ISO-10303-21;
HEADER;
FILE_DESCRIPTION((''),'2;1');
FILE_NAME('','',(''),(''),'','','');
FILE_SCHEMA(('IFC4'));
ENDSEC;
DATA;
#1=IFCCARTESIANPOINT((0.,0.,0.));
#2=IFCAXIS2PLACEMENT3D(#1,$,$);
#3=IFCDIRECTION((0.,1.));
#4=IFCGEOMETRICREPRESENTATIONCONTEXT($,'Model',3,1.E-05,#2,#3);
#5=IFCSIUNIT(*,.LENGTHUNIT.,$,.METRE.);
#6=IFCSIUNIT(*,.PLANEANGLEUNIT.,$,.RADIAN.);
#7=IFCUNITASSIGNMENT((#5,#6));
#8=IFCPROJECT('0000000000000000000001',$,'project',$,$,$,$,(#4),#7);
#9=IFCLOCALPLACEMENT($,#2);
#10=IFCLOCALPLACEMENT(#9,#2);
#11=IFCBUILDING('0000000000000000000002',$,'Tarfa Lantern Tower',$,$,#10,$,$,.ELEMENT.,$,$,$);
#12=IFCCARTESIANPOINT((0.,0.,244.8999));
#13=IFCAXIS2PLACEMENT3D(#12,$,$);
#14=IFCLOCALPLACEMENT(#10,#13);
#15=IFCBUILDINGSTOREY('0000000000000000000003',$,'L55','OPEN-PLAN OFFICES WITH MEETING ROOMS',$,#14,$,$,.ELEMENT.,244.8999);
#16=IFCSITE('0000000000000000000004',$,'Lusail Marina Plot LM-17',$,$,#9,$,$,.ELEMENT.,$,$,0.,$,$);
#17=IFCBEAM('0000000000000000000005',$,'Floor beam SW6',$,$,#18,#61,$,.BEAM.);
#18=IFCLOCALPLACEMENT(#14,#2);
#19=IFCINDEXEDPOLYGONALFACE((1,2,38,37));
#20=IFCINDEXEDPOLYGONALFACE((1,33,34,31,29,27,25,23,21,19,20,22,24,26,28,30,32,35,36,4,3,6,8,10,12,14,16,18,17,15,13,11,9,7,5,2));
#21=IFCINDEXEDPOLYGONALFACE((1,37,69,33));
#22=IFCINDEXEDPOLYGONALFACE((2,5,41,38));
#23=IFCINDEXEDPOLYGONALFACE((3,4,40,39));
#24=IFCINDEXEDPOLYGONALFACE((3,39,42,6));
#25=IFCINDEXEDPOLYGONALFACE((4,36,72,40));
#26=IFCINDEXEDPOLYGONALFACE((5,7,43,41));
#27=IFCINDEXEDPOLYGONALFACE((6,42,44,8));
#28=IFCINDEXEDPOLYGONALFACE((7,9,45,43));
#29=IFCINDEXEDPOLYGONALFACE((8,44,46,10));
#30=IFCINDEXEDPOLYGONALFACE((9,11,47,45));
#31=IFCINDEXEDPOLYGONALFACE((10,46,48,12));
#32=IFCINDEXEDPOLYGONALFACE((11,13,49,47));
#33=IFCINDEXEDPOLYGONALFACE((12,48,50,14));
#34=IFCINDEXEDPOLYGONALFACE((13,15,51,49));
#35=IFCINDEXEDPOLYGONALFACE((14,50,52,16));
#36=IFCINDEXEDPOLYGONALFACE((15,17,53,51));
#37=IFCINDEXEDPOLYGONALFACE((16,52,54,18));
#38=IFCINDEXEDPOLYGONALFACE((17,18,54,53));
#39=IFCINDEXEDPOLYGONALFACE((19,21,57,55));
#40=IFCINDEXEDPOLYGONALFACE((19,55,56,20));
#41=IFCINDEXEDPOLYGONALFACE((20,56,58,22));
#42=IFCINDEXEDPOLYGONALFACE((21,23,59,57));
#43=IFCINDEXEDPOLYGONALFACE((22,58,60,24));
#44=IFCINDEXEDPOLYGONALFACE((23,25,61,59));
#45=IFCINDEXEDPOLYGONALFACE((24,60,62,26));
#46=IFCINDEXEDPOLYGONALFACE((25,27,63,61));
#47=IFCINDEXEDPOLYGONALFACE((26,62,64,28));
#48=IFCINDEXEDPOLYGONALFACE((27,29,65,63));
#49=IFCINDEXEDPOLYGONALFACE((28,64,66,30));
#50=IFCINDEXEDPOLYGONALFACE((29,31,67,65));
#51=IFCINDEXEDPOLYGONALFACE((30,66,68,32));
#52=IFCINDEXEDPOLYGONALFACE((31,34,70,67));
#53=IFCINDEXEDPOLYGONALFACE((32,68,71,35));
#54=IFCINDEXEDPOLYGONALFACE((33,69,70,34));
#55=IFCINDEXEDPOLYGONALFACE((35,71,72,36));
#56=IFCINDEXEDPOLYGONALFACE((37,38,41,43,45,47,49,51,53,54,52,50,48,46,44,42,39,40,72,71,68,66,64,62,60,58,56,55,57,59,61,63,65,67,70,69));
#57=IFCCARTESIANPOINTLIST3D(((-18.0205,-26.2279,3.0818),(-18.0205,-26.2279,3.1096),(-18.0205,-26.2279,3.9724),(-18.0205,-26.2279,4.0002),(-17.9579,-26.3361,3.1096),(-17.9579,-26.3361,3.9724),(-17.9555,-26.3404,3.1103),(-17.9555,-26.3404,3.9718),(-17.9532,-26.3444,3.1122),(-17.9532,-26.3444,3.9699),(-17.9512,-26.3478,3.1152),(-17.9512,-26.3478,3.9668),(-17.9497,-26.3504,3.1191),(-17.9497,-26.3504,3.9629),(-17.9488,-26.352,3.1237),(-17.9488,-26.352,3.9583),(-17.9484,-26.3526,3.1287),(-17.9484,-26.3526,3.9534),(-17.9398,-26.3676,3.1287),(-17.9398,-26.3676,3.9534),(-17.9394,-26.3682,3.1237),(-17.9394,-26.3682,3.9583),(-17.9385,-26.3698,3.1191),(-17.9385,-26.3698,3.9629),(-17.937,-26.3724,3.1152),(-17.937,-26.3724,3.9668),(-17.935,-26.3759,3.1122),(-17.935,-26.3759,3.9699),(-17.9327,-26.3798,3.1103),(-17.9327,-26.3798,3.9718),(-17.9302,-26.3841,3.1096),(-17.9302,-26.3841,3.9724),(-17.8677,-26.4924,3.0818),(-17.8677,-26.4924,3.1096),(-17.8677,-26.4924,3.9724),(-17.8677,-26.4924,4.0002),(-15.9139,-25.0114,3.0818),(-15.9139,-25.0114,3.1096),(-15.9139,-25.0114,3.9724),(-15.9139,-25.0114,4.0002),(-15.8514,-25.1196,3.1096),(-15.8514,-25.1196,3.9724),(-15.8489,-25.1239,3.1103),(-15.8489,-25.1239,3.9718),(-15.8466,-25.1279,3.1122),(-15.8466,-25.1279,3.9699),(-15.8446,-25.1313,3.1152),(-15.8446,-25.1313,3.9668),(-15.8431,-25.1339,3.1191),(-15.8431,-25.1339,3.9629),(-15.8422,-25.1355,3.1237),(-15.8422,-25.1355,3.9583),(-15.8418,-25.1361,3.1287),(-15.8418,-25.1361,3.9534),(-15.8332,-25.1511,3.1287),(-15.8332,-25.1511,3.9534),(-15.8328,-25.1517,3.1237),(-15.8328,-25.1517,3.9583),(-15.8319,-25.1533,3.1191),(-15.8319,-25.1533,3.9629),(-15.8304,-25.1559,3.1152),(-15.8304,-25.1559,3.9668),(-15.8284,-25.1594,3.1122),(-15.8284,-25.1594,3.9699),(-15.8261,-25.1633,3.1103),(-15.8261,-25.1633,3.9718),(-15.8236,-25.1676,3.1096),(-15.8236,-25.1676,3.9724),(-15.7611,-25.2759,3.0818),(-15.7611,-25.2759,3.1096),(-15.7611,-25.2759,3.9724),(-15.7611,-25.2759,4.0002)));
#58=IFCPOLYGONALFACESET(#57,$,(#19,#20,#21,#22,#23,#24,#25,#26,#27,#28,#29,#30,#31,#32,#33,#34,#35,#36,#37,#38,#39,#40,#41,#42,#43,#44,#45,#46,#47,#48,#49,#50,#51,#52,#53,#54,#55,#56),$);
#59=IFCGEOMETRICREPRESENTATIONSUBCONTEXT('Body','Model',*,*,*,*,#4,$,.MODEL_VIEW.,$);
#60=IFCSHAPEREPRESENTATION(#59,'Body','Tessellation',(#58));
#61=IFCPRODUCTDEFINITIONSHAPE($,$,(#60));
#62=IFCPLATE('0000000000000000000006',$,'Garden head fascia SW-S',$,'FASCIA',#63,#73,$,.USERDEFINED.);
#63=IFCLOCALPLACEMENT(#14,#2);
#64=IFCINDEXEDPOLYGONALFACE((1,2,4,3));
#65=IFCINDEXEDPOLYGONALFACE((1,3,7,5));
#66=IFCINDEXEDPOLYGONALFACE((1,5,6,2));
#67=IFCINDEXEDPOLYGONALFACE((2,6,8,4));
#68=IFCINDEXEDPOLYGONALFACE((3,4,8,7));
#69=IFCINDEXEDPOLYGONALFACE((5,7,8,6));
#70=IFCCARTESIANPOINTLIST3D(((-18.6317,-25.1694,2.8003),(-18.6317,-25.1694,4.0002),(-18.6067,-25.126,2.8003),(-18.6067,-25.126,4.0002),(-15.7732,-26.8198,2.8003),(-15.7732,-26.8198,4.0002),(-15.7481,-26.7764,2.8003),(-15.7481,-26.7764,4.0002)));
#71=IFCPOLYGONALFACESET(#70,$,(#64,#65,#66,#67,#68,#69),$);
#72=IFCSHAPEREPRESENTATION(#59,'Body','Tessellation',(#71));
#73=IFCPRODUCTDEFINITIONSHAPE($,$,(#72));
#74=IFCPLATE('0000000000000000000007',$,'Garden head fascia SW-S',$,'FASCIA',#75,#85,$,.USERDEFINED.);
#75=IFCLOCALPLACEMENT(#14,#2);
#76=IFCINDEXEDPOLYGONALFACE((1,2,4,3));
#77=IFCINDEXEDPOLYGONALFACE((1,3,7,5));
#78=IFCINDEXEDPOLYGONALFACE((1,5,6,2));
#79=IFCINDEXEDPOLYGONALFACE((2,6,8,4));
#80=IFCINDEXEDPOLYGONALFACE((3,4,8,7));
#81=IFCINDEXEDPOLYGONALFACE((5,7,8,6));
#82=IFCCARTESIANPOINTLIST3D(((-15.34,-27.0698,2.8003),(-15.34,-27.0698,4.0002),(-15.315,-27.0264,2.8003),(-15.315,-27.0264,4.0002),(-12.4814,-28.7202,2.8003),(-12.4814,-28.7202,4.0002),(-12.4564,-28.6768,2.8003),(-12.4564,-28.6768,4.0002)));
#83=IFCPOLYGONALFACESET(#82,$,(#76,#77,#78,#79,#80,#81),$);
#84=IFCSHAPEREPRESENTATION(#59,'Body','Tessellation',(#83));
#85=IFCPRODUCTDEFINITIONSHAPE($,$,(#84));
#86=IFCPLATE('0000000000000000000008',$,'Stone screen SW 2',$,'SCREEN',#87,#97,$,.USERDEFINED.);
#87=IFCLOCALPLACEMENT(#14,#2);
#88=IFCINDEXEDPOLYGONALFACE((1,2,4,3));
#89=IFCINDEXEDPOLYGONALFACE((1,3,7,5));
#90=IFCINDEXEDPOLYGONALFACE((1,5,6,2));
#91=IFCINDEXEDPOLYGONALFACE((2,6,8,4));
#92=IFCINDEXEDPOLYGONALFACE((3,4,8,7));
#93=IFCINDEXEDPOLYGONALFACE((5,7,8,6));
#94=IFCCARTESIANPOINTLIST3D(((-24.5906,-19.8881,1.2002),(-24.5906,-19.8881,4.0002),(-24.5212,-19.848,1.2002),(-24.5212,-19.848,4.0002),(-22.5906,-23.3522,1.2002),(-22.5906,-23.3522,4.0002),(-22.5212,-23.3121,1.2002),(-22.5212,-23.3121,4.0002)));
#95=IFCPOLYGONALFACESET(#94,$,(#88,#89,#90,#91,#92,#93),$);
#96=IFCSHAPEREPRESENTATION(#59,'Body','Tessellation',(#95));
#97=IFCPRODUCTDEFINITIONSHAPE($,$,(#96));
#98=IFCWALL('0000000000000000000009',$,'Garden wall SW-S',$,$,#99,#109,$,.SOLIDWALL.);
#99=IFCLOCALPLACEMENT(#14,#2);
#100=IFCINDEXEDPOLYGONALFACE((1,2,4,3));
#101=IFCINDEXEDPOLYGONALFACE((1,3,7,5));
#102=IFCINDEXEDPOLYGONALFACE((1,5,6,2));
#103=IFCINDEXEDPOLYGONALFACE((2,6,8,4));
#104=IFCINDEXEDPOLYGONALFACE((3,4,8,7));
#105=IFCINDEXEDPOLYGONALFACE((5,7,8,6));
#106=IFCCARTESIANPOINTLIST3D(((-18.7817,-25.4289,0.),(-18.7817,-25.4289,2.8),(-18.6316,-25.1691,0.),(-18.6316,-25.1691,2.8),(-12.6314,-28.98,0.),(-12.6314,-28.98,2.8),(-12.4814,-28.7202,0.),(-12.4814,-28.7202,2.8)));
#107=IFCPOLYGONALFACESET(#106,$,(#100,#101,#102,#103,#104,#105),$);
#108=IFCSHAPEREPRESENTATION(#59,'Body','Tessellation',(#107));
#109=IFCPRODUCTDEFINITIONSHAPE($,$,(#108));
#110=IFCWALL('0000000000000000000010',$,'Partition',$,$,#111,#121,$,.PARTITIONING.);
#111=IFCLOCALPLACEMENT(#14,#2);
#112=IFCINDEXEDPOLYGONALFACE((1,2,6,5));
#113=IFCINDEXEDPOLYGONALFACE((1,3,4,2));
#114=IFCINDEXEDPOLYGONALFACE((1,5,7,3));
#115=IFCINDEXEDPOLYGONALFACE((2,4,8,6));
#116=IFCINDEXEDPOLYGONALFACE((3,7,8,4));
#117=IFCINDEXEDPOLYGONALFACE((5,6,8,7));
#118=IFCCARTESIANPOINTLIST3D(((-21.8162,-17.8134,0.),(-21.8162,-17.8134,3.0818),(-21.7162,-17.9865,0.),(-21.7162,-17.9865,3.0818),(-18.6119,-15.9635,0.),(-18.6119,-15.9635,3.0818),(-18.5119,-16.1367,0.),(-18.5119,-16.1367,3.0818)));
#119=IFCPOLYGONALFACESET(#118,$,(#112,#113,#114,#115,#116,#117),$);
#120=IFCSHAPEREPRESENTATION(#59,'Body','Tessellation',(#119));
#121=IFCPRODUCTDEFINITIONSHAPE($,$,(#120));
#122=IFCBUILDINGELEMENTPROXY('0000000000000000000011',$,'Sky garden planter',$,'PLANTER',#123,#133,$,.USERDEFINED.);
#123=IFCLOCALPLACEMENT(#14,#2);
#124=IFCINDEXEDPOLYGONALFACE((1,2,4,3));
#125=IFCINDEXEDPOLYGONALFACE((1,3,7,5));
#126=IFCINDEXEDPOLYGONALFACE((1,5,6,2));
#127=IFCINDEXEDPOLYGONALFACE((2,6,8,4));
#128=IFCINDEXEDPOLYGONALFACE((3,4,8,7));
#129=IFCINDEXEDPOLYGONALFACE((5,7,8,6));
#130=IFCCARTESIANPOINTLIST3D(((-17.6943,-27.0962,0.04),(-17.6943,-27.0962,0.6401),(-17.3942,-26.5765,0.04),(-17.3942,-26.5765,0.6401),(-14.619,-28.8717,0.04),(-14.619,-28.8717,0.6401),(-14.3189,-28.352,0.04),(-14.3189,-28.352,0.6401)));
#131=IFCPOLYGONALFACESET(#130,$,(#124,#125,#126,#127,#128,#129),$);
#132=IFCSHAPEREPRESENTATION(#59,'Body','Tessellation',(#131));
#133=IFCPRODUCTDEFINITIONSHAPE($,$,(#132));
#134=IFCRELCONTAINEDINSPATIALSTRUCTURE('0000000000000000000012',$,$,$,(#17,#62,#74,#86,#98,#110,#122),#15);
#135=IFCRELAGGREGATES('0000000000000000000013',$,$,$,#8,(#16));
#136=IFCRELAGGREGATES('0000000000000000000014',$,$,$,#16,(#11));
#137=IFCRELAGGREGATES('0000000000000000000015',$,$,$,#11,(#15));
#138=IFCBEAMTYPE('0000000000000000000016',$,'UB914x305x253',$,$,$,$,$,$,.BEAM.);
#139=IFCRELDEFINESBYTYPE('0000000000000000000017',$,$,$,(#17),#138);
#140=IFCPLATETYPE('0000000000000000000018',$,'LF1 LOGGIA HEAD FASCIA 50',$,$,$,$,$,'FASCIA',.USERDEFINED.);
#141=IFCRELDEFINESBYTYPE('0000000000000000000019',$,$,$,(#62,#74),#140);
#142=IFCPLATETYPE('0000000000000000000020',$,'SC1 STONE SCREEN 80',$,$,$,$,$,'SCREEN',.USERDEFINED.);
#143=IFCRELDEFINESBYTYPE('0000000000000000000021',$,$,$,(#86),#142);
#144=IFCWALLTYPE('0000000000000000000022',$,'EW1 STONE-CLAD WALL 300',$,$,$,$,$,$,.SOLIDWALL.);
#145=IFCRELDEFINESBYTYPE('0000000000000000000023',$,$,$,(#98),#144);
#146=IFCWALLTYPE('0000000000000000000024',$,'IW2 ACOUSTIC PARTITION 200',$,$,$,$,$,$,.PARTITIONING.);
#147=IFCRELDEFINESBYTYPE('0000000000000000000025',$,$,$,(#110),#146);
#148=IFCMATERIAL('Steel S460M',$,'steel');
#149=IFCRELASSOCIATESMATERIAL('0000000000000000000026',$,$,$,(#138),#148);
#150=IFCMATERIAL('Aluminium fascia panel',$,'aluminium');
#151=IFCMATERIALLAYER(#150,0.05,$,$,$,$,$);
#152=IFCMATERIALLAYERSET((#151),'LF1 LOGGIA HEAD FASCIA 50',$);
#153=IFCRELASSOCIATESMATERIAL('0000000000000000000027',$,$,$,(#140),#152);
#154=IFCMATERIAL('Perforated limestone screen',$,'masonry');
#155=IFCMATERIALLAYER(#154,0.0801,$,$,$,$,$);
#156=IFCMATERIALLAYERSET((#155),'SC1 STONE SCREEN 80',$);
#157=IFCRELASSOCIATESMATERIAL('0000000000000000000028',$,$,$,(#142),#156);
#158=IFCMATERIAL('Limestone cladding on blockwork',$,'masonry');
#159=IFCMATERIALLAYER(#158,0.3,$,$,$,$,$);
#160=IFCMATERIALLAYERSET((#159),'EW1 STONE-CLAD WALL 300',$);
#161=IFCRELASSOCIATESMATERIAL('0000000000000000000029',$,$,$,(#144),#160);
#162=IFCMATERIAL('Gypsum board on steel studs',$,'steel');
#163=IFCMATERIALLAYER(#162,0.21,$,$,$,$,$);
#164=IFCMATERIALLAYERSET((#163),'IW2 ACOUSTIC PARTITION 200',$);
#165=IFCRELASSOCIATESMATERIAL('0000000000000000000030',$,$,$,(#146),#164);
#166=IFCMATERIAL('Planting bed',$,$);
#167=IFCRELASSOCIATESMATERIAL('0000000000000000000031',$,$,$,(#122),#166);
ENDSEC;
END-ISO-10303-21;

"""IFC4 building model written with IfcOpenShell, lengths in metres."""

from ifc_helpers import new_model, si_unit, direction, frame, frame_2d, origin, origin_2d, place, context, subcontext, project, spatial, rectangle, i_section, extrude, material, layer, layer_set, material_profile, profile_set, type_object, element, save


model = new_model("IFC4")

# Units and contexts
model_context = context("Model", 3, precision=1e-05, world=origin(), true_north=direction((0.0, 1.0)))
body_context = subcontext(model_context, "Body", "Model", "MODEL_VIEW")
ifc_project = project(units=[si_unit("LENGTHUNIT", "METRE"), si_unit("PLANEANGLEUNIT", "RADIAN")], contexts=[model_context])

# Site, building, storey
site_placement = place(None, origin())
site = spatial("IfcSite", under=ifc_project, at=site_placement, Name="Lusail Marina Plot LM-17", CompositionType="ELEMENT", RefElevation=0.0)
building_placement = place(site_placement, origin())
building = spatial("IfcBuilding", under=site, at=building_placement, Name="Tarfa Lantern Tower", CompositionType="ELEMENT")
storey_placement = place(building_placement, frame((0.0, 0.0, 244.8999)))
storey = spatial("IfcBuildingStorey", under=building, at=storey_placement, Name="L55", Description="OPEN-PLAN OFFICES WITH MEETING ROOMS", CompositionType="ELEMENT", Elevation=244.8999)

# Beam
ifc_material_1 = material(Name="Steel S460M", Category="steel")
ifc_material_profile_1 = material_profile(ifc_material_1, i_section(OverallWidth=0.3054, OverallDepth=0.9185, WebThickness=0.0173, FlangeThickness=0.0278, FilletRadius=0.019, at=origin_2d()), Name="UB914x305x253")
ifc_profile_set_1 = profile_set([ifc_material_profile_1], Name="Steel S460M")
beam_type_1 = type_object("IfcBeamType", Name="UB914x305x253", PredefinedType="BEAM", material=ifc_profile_set_1)
beam_1_placement = place(storey_placement, frame((-17.9441, -26.3601, 3.541), z_axis=(0.86598, 0.500079, 0.0), x_axis=(-0.500079, 0.86598, 0.0)))
element("IfcBeam", 1, at=beam_1_placement, inside=storey, type_object=beam_type_1, Name="Floor beam SW6", PredefinedType="BEAM", context=body_context, shape_type="SweptSolid", body=[
    extrude(i_section(OverallWidth=0.3054, OverallDepth=0.9185, WebThickness=0.0173, FlangeThickness=0.0278, FilletRadius=0.019, at=origin_2d()), origin(), (0.0, 0.0, 1.0), 2.4326),
])

# Plates
ifc_material_2 = material(Name="Aluminium fascia panel", Category="aluminium")
ifc_layer_1 = layer(ifc_material_2, 0.05)
ifc_layer_set_1 = layer_set([ifc_layer_1], Name="LF1 LOGGIA HEAD FASCIA 50")
plate_type_1 = type_object("IfcPlateType", Name="LF1 LOGGIA HEAD FASCIA 50", ElementType="FASCIA", PredefinedType="USERDEFINED", material=ifc_layer_set_1)
for number, where, z_axis, x_axis, name in (
    (2, (-17.1899, -25.9729, 2.8003), (0.0, 0.0, 1.0), (0.866025, -0.5, 0.0), "Garden head fascia SW-S"),
    (3, (-13.8982, -27.8733, 2.8003), (0.0, 0.0, 1.0), (0.866025, -0.5, 0.0), "Garden head fascia SW-S"),
):
    element("IfcPlate", number, at=place(storey_placement, frame(where, z_axis=z_axis, x_axis=x_axis)), inside=storey, type_object=plate_type_1, Name=name, ObjectType="FASCIA", PredefinedType="USERDEFINED", context=body_context, shape_type="SweptSolid", body=[
        extrude(rectangle(XDim=3.3008, YDim=0.05, at=origin_2d()), origin(), (0.0, 0.0, 1.0), 1.2),
    ])
ifc_material_3 = material(Name="Perforated limestone screen", Category="masonry")
ifc_layer_2 = layer(ifc_material_3, 0.0801)
ifc_layer_set_2 = layer_set([ifc_layer_2], Name="SC1 STONE SCREEN 80")
plate_type_2 = type_object("IfcPlateType", Name="SC1 STONE SCREEN 80", ElementType="SCREEN", PredefinedType="USERDEFINED", material=ifc_layer_set_2)
plate_placement = place(storey_placement, frame((-23.5559, -21.6001, 1.2002), z_axis=(0.0, 0.0, 1.0), x_axis=(0.5, -0.866025, 0.0)))
element("IfcPlate", 4, at=plate_placement, inside=storey, type_object=plate_type_2, Name="Stone screen SW 2", ObjectType="SCREEN", PredefinedType="USERDEFINED", context=body_context, shape_type="SweptSolid", body=[
    extrude(rectangle(XDim=4.0, YDim=0.0801, at=origin_2d()), origin(), (0.0, 0.0, 1.0), 2.8),
])

# Walls
ifc_material_4 = material(Name="Limestone cladding on blockwork", Category="masonry")
ifc_layer_3 = layer(ifc_material_4, 0.3)
ifc_layer_set_3 = layer_set([ifc_layer_3], Name="EW1 STONE-CLAD WALL 300")
wall_type_1 = type_object("IfcWallType", Name="EW1 STONE-CLAD WALL 300", PredefinedType="SOLIDWALL", material=ifc_layer_set_3)
wall_1_placement = place(storey_placement, frame((-18.7065, -25.2991, 0.0), z_axis=(0.0, 0.0, 1.0), x_axis=(0.866011, -0.500025, 0.0)))
element("IfcWall", 5, at=wall_1_placement, inside=storey, type_object=wall_type_1, Name="Garden wall SW-S", PredefinedType="SOLIDWALL", context=body_context, shape_type="SweptSolid", body=[
    extrude(rectangle(XDim=7.1018, YDim=0.3, at=frame_2d((3.5508, 0.0))), origin(), (0.0, 0.0, 1.0), 2.8),
])
ifc_material_5 = material(Name="Gypsum board on steel studs", Category="steel")
ifc_layer_4 = layer(ifc_material_5, 0.21)
ifc_layer_set_4 = layer_set([ifc_layer_4], Name="IW2 ACOUSTIC PARTITION 200")
wall_type_2 = type_object("IfcWallType", Name="IW2 ACOUSTIC PARTITION 200", PredefinedType="PARTITIONING", material=ifc_layer_set_4)
wall_2_placement = place(storey_placement, frame((-18.5618, -16.05, 0.0), z_axis=(0.0, 0.0, 1.0), x_axis=(-0.866046, -0.499964, 0.0)))
element("IfcWall", 6, at=wall_2_placement, inside=storey, type_object=wall_type_2, Name="Partition", PredefinedType="PARTITIONING", context=body_context, shape_type="SweptSolid", body=[
    extrude(rectangle(XDim=3.7, YDim=0.2, at=frame_2d((1.8501, 0.0))), origin(), (0.0, 0.0, 1.0), 3.0818),
])

# Building element proxy
ifc_material_6 = material(Name="Planting bed")
proxy_placement = place(storey_placement, frame((-16.0066, -27.7241, 0.04), z_axis=(0.0, 0.0, 1.0), x_axis=(0.866025, -0.5, 0.0)))
element("IfcBuildingElementProxy", 7, at=proxy_placement, inside=storey, material=ifc_material_6, Name="Sky garden planter", ObjectType="PLANTER", PredefinedType="USERDEFINED", context=body_context, shape_type="SweptSolid", body=[
    extrude(rectangle(XDim=3.551, YDim=0.6001, at=origin_2d()), origin(), (0.0, 0.0, 1.0), 0.6001),
])

save(model, "model.ifc")
